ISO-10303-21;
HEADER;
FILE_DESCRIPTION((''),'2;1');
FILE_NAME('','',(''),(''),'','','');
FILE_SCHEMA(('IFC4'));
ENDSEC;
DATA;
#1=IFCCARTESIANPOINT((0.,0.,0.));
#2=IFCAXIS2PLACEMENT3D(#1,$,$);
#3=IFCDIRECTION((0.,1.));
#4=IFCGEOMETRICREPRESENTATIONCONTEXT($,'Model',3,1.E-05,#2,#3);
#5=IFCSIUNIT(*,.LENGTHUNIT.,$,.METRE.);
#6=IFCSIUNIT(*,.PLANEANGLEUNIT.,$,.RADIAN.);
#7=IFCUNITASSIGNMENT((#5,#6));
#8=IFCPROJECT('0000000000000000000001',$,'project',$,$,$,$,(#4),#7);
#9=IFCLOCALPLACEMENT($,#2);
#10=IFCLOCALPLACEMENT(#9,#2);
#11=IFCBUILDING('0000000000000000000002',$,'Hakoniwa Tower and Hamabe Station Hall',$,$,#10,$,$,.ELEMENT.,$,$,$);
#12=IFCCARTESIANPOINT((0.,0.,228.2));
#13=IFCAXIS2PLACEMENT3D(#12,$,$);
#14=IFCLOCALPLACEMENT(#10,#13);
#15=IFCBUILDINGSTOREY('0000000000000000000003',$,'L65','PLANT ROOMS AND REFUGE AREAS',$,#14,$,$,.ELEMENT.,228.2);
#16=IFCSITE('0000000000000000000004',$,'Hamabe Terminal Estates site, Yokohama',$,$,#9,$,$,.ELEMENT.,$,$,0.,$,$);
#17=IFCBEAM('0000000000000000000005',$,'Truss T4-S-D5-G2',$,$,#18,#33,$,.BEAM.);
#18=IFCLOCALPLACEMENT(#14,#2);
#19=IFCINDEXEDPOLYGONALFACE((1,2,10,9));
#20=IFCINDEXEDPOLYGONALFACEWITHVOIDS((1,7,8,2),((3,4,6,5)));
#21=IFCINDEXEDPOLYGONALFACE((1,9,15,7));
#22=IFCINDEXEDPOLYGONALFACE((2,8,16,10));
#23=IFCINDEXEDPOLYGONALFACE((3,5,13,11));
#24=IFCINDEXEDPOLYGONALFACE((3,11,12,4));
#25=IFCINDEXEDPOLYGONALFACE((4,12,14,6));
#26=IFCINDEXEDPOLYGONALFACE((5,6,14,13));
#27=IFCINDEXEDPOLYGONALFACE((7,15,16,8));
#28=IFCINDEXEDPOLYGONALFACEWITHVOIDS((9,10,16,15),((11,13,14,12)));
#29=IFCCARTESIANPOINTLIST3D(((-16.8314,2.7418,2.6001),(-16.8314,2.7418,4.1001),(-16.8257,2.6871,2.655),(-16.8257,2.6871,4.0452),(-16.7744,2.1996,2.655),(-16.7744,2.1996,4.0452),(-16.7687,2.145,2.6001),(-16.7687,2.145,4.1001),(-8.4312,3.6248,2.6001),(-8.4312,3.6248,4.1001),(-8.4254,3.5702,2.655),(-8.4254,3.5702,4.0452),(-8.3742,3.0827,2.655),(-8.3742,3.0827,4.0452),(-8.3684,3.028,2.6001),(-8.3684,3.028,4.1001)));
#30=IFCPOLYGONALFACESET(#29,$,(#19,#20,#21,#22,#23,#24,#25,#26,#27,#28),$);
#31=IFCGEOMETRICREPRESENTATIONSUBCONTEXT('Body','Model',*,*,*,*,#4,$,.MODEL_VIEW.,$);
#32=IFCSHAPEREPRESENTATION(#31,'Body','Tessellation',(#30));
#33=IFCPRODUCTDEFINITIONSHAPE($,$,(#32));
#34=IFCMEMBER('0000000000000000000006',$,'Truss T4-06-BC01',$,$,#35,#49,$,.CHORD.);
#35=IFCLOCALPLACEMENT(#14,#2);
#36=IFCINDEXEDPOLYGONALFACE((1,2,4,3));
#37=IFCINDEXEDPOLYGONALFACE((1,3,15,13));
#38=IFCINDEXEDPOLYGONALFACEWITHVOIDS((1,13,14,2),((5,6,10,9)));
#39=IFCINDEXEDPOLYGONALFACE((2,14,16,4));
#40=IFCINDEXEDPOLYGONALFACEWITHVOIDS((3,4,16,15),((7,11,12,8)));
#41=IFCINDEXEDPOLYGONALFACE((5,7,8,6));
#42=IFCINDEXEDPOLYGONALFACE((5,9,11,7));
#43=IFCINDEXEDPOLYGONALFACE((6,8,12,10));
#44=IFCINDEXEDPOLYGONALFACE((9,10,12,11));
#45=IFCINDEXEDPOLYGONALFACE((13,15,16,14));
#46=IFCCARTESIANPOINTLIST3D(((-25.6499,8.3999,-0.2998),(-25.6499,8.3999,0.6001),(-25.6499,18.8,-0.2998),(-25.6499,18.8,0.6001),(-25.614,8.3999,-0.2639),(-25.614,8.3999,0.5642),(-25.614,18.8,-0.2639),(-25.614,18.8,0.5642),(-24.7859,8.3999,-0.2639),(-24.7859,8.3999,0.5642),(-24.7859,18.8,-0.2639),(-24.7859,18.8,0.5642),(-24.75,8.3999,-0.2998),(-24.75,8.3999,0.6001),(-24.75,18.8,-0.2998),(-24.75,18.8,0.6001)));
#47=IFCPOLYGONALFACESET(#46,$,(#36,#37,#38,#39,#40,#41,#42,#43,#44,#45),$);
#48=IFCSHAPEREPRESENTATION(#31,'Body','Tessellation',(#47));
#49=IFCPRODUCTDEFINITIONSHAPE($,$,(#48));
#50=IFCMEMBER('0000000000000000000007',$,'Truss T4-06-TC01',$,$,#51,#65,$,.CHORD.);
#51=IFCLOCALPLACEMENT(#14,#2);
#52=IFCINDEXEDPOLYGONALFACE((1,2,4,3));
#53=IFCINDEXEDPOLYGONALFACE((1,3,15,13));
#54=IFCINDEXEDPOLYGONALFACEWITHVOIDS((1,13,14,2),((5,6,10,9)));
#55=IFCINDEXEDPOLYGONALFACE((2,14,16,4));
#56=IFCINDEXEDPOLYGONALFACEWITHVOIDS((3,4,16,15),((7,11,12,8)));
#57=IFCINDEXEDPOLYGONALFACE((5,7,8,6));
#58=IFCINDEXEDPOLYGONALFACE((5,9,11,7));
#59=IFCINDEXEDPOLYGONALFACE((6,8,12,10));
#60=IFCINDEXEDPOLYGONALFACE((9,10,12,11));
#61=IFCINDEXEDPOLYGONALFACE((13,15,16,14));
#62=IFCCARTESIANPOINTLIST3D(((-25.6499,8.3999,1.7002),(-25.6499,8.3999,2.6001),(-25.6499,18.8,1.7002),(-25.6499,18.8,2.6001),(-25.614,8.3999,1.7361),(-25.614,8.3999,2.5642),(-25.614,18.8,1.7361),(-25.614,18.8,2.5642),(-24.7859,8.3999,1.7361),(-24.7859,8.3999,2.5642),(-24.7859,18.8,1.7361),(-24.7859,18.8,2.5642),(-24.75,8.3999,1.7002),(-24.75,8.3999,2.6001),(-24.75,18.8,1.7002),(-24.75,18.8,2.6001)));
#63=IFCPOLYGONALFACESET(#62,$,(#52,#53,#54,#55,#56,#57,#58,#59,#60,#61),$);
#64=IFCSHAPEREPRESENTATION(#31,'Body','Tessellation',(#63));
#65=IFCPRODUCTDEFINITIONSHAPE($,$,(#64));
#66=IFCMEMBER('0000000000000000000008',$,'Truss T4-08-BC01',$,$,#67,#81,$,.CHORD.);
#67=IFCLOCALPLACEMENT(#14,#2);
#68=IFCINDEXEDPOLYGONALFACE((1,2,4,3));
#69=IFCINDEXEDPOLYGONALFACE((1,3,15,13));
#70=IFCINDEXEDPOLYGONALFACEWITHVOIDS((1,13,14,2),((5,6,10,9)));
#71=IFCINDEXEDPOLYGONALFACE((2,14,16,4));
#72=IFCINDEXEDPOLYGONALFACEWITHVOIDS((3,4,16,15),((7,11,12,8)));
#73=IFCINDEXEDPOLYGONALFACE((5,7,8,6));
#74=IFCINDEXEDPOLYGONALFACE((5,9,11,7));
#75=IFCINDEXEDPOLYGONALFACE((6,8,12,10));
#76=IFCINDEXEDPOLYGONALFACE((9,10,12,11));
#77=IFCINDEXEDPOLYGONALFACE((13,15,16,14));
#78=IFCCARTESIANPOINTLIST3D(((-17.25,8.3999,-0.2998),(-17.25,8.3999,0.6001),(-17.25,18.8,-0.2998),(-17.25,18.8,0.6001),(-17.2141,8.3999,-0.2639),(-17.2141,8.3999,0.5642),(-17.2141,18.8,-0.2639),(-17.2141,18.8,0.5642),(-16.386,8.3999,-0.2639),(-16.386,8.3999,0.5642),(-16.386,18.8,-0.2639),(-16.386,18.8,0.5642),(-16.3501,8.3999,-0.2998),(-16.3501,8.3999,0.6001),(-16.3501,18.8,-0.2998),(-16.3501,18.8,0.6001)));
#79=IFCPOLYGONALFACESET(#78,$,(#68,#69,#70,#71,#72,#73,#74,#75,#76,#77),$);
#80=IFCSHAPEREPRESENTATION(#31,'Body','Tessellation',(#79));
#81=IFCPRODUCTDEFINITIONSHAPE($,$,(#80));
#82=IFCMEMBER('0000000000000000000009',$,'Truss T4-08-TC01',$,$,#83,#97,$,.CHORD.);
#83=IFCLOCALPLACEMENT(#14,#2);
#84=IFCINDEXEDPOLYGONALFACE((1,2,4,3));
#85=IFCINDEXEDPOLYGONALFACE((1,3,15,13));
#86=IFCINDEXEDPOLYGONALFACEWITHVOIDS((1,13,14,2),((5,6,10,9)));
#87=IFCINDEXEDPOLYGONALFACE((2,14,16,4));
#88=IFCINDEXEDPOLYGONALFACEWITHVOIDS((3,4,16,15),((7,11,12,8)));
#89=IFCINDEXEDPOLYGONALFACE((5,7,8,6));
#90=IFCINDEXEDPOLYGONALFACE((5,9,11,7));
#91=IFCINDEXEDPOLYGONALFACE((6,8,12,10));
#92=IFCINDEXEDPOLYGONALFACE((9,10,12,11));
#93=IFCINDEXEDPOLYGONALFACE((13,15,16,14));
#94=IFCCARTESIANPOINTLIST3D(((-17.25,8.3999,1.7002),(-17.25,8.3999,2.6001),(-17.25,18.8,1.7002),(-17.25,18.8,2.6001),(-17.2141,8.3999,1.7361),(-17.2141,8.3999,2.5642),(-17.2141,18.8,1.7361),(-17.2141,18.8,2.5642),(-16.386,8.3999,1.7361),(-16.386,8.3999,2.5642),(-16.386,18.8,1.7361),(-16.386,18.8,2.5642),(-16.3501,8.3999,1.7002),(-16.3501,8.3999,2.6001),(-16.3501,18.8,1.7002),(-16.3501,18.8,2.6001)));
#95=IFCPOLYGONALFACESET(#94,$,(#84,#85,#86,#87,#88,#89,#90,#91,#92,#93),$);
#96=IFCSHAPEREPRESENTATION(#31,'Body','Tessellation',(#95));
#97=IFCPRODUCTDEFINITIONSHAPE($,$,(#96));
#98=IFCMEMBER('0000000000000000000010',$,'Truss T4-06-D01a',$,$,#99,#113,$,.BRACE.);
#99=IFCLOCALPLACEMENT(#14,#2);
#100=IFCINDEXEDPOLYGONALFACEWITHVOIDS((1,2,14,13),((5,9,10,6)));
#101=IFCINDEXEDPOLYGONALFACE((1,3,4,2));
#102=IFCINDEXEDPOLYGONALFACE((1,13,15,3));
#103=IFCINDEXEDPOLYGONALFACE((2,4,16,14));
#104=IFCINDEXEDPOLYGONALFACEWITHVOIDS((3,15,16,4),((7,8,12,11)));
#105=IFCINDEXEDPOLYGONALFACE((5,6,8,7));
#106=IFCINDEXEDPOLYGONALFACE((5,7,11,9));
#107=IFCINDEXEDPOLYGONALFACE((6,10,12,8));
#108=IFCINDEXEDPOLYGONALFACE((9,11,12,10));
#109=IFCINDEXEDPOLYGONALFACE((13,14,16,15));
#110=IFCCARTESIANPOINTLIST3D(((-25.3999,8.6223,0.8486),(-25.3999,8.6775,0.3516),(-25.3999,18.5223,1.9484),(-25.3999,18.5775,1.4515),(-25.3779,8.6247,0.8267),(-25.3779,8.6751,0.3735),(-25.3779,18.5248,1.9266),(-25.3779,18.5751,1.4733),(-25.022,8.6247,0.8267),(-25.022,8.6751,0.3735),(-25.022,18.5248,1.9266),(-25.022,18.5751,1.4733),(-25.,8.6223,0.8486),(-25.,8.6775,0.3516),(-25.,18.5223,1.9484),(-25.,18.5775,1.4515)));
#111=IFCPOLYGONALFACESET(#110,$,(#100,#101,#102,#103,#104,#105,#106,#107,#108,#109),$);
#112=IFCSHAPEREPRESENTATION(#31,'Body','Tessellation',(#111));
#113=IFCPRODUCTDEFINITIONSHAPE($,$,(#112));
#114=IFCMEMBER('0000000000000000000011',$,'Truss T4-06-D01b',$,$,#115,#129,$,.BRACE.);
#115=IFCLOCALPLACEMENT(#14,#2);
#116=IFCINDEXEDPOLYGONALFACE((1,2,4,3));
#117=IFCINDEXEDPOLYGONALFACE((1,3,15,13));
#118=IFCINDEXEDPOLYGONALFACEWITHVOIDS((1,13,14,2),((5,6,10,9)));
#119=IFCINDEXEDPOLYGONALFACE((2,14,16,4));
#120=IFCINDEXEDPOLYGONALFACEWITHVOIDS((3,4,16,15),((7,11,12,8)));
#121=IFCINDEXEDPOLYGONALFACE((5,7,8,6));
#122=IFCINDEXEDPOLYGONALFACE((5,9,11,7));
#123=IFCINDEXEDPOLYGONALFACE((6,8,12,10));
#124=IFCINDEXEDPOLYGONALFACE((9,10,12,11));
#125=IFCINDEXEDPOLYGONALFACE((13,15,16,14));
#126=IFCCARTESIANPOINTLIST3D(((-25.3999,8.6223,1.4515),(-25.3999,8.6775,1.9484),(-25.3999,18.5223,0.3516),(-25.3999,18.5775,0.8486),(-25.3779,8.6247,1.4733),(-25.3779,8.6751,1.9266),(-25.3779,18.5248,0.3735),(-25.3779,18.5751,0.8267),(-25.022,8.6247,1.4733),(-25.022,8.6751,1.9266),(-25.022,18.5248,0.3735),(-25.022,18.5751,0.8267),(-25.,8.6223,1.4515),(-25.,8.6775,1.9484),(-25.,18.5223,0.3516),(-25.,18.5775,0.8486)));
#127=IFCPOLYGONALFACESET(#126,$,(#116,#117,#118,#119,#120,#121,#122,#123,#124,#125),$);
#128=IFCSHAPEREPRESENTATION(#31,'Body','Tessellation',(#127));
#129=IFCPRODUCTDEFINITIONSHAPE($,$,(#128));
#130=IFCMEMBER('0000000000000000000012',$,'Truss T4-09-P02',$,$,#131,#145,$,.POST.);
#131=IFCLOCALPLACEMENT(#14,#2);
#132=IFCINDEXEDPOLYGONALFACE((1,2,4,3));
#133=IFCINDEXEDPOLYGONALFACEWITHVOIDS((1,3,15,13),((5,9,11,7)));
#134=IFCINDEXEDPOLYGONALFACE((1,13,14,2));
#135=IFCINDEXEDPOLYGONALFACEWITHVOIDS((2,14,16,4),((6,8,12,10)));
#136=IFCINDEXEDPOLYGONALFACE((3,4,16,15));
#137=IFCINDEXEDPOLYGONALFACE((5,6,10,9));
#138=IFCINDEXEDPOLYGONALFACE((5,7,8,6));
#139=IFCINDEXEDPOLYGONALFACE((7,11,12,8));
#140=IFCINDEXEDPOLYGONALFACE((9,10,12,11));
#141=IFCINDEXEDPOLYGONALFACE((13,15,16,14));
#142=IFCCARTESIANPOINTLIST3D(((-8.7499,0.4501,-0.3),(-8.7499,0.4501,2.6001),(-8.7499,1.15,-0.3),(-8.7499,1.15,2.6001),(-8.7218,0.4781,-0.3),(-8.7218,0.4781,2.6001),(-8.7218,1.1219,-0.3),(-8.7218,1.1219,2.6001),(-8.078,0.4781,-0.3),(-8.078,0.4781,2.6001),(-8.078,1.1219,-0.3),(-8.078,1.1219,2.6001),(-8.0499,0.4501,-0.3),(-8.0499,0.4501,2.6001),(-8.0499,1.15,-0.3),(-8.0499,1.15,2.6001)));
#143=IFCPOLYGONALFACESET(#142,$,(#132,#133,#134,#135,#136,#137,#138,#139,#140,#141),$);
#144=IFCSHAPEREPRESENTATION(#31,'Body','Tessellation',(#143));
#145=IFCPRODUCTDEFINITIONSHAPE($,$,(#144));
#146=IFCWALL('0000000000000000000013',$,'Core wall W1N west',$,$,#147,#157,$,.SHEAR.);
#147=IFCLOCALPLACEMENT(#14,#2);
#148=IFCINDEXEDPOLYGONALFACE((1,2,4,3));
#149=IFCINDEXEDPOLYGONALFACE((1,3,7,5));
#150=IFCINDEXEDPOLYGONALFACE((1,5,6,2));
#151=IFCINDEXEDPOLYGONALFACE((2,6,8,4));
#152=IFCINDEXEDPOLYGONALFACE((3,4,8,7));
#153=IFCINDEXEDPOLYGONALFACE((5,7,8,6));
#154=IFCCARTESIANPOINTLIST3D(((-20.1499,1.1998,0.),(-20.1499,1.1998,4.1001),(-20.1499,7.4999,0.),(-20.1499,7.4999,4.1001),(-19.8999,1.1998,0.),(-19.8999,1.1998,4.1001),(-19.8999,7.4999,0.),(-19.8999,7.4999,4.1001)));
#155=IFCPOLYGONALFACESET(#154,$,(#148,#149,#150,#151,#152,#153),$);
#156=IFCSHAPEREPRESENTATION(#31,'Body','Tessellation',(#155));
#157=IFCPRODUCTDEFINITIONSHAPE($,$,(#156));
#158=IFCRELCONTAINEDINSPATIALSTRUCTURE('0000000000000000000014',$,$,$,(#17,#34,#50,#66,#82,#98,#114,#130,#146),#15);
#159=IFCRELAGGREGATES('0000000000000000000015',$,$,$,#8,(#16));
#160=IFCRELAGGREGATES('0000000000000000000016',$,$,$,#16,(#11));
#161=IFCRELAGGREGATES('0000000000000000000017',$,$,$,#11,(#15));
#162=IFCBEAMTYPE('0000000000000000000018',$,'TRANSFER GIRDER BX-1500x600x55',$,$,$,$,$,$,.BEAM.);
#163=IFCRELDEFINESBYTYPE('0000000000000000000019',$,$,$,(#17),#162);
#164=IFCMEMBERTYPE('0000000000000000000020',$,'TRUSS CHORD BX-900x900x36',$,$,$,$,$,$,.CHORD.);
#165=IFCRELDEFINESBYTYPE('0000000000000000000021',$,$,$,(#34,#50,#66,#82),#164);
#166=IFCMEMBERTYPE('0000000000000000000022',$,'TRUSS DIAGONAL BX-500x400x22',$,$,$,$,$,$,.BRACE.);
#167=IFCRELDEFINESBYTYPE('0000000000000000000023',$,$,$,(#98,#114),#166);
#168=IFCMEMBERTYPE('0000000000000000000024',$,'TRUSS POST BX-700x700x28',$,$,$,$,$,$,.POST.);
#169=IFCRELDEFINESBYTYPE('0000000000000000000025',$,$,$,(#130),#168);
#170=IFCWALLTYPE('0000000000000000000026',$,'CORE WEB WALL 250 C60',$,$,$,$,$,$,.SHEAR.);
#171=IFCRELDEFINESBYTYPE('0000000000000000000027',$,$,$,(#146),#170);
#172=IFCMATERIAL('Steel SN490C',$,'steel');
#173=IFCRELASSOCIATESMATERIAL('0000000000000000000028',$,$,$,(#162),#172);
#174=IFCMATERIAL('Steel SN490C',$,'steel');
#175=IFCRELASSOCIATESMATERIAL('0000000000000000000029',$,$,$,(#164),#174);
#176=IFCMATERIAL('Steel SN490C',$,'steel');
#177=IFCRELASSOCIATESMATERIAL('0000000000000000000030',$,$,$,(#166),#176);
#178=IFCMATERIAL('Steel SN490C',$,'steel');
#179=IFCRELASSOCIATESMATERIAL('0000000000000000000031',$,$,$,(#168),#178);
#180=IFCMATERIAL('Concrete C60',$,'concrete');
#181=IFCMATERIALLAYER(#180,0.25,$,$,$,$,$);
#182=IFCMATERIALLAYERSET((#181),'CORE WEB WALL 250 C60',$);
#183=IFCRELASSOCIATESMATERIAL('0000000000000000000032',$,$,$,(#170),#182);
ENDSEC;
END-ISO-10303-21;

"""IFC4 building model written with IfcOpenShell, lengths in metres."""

from ifc_helpers import new_model, si_unit, direction, frame, frame_2d, origin, origin_2d, place, context, subcontext, project, spatial, rectangle, hollow_rectangle, extrude, material, layer, layer_set, material_profile, profile_set, type_object, element, save


model = new_model("IFC4")

# Units and contexts
model_context = context("Model", 3, precision=1e-05, world=origin(), true_north=direction((0.0, 1.0)))
body_context = subcontext(model_context, "Body", "Model", "MODEL_VIEW")
ifc_project = project(units=[si_unit("LENGTHUNIT", "METRE"), si_unit("PLANEANGLEUNIT", "RADIAN")], contexts=[model_context])

# Site, building, storey
site_placement = place(None, origin())
site = spatial("IfcSite", under=ifc_project, at=site_placement, Name="Hamabe Terminal Estates site, Yokohama", CompositionType="ELEMENT", RefElevation=0.0)
building_placement = place(site_placement, origin())
building = spatial("IfcBuilding", under=site, at=building_placement, Name="Hakoniwa Tower and Hamabe Station Hall", CompositionType="ELEMENT")
storey_placement = place(building_placement, frame((0.0, 0.0, 228.2)))
storey = spatial("IfcBuildingStorey", under=building, at=storey_placement, Name="L65", Description="PLANT ROOMS AND REFUGE AREAS", CompositionType="ELEMENT", Elevation=228.2)

# Beam
ifc_material_1 = material(Name="Steel SN490C", Category="steel")
ifc_material_profile_1 = material_profile(ifc_material_1, hollow_rectangle(XDim=0.6001, YDim=1.5, WallThickness=0.0549, at=origin_2d()), Name="BX-1500x600x55")
ifc_profile_set_1 = profile_set([ifc_material_profile_1], Name="Steel SN490C")
beam_type = type_object("IfcBeamType", Name="TRANSFER GIRDER BX-1500x600x55", PredefinedType="BEAM", material=ifc_profile_set_1)
beam_placement = place(storey_placement, frame((-16.8, 2.4434, 3.3501), z_axis=(0.99452, 0.104548, 0.0), x_axis=(-0.104548, 0.99452, 0.0)))
element("IfcBeam", 1, at=beam_placement, inside=storey, type_object=beam_type, Name="Truss T4-S-D5-G2", PredefinedType="BEAM", context=body_context, shape_type="SweptSolid", body=[
    extrude(hollow_rectangle(XDim=0.6001, YDim=1.5, WallThickness=0.0549, at=origin_2d()), origin(), (0.0, 0.0, 1.0), 8.4465),
])

# Members
ifc_material_2 = material(Name="Steel SN490C", Category="steel")
ifc_material_profile_2 = material_profile(ifc_material_2, hollow_rectangle(XDim=0.8999, YDim=0.8999, WallThickness=0.0359, at=origin_2d()), Name="BX-900x900x36")
ifc_profile_set_2 = profile_set([ifc_material_profile_2], Name="Steel SN490C")
member_type_1 = type_object("IfcMemberType", Name="TRUSS CHORD BX-900x900x36", PredefinedType="CHORD", material=ifc_profile_set_2)
for number, where, z_axis, x_axis, name in (
    (2, (-25.2, 8.3999, 0.1501), (0.0, 1.0, 0.0), (-1.0, 0.0, 0.0), "Truss T4-06-BC01"),
    (3, (-25.2, 8.3999, 2.1501), (0.0, 1.0, 0.0), (-1.0, 0.0, 0.0), "Truss T4-06-TC01"),
    (4, (-16.8, 8.3999, 0.1501), (0.0, 1.0, 0.0), (-1.0, 0.0, 0.0), "Truss T4-08-BC01"),
    (5, (-16.8, 8.3999, 2.1501), (0.0, 1.0, 0.0), (-1.0, 0.0, 0.0), "Truss T4-08-TC01"),
):
    element("IfcMember", number, at=place(storey_placement, frame(where, z_axis=z_axis, x_axis=x_axis)), inside=storey, type_object=member_type_1, Name=name, PredefinedType="CHORD", context=body_context, shape_type="SweptSolid", body=[
        extrude(hollow_rectangle(XDim=0.8999, YDim=0.8999, WallThickness=0.0359, at=origin_2d()), origin(), (0.0, 0.0, 1.0), 10.4001),
    ])
ifc_material_3 = material(Name="Steel SN490C", Category="steel")
ifc_material_profile_3 = material_profile(ifc_material_3, hollow_rectangle(XDim=0.3999, YDim=0.5, WallThickness=0.022, at=origin_2d()), Name="BX-500x400x22")
ifc_profile_set_3 = profile_set([ifc_material_profile_3], Name="Steel SN490C")
member_type_2 = type_object("IfcMemberType", Name="TRUSS DIAGONAL BX-500x400x22", PredefinedType="BRACE", material=ifc_profile_set_3)
for number, where, z_axis, x_axis, name in (
    (6, (-25.2, 8.6499, 0.6001), (0.0, 0.993886, 0.110415), (-1.0, 0.0, 0.0), "Truss T4-06-D01a"),
    (7, (-25.2, 8.6499, 1.7), (0.0, 0.993886, -0.110415), (-1.0, 0.0, 0.0), "Truss T4-06-D01b"),
):
    element("IfcMember", number, at=place(storey_placement, frame(where, z_axis=z_axis, x_axis=x_axis)), inside=storey, type_object=member_type_2, Name=name, PredefinedType="BRACE", context=body_context, shape_type="SweptSolid", body=[
        extrude(hollow_rectangle(XDim=0.3999, YDim=0.5, WallThickness=0.022, at=origin_2d()), origin(), (0.0, 0.0, 1.0), 9.9609),
    ])
ifc_material_4 = material(Name="Steel SN490C", Category="steel")
ifc_material_profile_4 = material_profile(ifc_material_4, hollow_rectangle(XDim=0.7, YDim=0.7, WallThickness=0.0281, at=origin_2d()), Name="BX-700x700x28")
ifc_profile_set_4 = profile_set([ifc_material_profile_4], Name="Steel SN490C")
member_type_3 = type_object("IfcMemberType", Name="TRUSS POST BX-700x700x28", PredefinedType="POST", material=ifc_profile_set_4)
member_placement = place(storey_placement, frame((-8.3999, 0.8, -0.3), z_axis=(0.0, 0.0, 1.0), x_axis=(1.0, 0.0, 0.0)))
element("IfcMember", 8, at=member_placement, inside=storey, type_object=member_type_3, Name="Truss T4-09-P02", PredefinedType="POST", context=body_context, shape_type="SweptSolid", body=[
    extrude(hollow_rectangle(XDim=0.7, YDim=0.7, WallThickness=0.0281, at=origin_2d()), origin(), (0.0, 0.0, 1.0), 2.9001),
])

# Wall
ifc_material_5 = material(Name="Concrete C60", Category="concrete")
ifc_layer_1 = layer(ifc_material_5, 0.25)
ifc_layer_set_1 = layer_set([ifc_layer_1], Name="CORE WEB WALL 250 C60")
wall_type_1 = type_object("IfcWallType", Name="CORE WEB WALL 250 C60", PredefinedType="SHEAR", material=ifc_layer_set_1)
wall_1_placement = place(storey_placement, frame((-20.0249, 1.2, 0.0), z_axis=(0.0, 0.0, 1.0), x_axis=(0.0, 1.0, 0.0)))
element("IfcWall", 9, at=wall_1_placement, inside=storey, type_object=wall_type_1, Name="Core wall W1N west", PredefinedType="SHEAR", context=body_context, shape_type="SweptSolid", body=[
    extrude(rectangle(XDim=6.3, YDim=0.25, at=frame_2d((3.1499, 0.0))), origin(), (0.0, 0.0, 1.0), 4.1001),
])

save(model, "model.ifc")
